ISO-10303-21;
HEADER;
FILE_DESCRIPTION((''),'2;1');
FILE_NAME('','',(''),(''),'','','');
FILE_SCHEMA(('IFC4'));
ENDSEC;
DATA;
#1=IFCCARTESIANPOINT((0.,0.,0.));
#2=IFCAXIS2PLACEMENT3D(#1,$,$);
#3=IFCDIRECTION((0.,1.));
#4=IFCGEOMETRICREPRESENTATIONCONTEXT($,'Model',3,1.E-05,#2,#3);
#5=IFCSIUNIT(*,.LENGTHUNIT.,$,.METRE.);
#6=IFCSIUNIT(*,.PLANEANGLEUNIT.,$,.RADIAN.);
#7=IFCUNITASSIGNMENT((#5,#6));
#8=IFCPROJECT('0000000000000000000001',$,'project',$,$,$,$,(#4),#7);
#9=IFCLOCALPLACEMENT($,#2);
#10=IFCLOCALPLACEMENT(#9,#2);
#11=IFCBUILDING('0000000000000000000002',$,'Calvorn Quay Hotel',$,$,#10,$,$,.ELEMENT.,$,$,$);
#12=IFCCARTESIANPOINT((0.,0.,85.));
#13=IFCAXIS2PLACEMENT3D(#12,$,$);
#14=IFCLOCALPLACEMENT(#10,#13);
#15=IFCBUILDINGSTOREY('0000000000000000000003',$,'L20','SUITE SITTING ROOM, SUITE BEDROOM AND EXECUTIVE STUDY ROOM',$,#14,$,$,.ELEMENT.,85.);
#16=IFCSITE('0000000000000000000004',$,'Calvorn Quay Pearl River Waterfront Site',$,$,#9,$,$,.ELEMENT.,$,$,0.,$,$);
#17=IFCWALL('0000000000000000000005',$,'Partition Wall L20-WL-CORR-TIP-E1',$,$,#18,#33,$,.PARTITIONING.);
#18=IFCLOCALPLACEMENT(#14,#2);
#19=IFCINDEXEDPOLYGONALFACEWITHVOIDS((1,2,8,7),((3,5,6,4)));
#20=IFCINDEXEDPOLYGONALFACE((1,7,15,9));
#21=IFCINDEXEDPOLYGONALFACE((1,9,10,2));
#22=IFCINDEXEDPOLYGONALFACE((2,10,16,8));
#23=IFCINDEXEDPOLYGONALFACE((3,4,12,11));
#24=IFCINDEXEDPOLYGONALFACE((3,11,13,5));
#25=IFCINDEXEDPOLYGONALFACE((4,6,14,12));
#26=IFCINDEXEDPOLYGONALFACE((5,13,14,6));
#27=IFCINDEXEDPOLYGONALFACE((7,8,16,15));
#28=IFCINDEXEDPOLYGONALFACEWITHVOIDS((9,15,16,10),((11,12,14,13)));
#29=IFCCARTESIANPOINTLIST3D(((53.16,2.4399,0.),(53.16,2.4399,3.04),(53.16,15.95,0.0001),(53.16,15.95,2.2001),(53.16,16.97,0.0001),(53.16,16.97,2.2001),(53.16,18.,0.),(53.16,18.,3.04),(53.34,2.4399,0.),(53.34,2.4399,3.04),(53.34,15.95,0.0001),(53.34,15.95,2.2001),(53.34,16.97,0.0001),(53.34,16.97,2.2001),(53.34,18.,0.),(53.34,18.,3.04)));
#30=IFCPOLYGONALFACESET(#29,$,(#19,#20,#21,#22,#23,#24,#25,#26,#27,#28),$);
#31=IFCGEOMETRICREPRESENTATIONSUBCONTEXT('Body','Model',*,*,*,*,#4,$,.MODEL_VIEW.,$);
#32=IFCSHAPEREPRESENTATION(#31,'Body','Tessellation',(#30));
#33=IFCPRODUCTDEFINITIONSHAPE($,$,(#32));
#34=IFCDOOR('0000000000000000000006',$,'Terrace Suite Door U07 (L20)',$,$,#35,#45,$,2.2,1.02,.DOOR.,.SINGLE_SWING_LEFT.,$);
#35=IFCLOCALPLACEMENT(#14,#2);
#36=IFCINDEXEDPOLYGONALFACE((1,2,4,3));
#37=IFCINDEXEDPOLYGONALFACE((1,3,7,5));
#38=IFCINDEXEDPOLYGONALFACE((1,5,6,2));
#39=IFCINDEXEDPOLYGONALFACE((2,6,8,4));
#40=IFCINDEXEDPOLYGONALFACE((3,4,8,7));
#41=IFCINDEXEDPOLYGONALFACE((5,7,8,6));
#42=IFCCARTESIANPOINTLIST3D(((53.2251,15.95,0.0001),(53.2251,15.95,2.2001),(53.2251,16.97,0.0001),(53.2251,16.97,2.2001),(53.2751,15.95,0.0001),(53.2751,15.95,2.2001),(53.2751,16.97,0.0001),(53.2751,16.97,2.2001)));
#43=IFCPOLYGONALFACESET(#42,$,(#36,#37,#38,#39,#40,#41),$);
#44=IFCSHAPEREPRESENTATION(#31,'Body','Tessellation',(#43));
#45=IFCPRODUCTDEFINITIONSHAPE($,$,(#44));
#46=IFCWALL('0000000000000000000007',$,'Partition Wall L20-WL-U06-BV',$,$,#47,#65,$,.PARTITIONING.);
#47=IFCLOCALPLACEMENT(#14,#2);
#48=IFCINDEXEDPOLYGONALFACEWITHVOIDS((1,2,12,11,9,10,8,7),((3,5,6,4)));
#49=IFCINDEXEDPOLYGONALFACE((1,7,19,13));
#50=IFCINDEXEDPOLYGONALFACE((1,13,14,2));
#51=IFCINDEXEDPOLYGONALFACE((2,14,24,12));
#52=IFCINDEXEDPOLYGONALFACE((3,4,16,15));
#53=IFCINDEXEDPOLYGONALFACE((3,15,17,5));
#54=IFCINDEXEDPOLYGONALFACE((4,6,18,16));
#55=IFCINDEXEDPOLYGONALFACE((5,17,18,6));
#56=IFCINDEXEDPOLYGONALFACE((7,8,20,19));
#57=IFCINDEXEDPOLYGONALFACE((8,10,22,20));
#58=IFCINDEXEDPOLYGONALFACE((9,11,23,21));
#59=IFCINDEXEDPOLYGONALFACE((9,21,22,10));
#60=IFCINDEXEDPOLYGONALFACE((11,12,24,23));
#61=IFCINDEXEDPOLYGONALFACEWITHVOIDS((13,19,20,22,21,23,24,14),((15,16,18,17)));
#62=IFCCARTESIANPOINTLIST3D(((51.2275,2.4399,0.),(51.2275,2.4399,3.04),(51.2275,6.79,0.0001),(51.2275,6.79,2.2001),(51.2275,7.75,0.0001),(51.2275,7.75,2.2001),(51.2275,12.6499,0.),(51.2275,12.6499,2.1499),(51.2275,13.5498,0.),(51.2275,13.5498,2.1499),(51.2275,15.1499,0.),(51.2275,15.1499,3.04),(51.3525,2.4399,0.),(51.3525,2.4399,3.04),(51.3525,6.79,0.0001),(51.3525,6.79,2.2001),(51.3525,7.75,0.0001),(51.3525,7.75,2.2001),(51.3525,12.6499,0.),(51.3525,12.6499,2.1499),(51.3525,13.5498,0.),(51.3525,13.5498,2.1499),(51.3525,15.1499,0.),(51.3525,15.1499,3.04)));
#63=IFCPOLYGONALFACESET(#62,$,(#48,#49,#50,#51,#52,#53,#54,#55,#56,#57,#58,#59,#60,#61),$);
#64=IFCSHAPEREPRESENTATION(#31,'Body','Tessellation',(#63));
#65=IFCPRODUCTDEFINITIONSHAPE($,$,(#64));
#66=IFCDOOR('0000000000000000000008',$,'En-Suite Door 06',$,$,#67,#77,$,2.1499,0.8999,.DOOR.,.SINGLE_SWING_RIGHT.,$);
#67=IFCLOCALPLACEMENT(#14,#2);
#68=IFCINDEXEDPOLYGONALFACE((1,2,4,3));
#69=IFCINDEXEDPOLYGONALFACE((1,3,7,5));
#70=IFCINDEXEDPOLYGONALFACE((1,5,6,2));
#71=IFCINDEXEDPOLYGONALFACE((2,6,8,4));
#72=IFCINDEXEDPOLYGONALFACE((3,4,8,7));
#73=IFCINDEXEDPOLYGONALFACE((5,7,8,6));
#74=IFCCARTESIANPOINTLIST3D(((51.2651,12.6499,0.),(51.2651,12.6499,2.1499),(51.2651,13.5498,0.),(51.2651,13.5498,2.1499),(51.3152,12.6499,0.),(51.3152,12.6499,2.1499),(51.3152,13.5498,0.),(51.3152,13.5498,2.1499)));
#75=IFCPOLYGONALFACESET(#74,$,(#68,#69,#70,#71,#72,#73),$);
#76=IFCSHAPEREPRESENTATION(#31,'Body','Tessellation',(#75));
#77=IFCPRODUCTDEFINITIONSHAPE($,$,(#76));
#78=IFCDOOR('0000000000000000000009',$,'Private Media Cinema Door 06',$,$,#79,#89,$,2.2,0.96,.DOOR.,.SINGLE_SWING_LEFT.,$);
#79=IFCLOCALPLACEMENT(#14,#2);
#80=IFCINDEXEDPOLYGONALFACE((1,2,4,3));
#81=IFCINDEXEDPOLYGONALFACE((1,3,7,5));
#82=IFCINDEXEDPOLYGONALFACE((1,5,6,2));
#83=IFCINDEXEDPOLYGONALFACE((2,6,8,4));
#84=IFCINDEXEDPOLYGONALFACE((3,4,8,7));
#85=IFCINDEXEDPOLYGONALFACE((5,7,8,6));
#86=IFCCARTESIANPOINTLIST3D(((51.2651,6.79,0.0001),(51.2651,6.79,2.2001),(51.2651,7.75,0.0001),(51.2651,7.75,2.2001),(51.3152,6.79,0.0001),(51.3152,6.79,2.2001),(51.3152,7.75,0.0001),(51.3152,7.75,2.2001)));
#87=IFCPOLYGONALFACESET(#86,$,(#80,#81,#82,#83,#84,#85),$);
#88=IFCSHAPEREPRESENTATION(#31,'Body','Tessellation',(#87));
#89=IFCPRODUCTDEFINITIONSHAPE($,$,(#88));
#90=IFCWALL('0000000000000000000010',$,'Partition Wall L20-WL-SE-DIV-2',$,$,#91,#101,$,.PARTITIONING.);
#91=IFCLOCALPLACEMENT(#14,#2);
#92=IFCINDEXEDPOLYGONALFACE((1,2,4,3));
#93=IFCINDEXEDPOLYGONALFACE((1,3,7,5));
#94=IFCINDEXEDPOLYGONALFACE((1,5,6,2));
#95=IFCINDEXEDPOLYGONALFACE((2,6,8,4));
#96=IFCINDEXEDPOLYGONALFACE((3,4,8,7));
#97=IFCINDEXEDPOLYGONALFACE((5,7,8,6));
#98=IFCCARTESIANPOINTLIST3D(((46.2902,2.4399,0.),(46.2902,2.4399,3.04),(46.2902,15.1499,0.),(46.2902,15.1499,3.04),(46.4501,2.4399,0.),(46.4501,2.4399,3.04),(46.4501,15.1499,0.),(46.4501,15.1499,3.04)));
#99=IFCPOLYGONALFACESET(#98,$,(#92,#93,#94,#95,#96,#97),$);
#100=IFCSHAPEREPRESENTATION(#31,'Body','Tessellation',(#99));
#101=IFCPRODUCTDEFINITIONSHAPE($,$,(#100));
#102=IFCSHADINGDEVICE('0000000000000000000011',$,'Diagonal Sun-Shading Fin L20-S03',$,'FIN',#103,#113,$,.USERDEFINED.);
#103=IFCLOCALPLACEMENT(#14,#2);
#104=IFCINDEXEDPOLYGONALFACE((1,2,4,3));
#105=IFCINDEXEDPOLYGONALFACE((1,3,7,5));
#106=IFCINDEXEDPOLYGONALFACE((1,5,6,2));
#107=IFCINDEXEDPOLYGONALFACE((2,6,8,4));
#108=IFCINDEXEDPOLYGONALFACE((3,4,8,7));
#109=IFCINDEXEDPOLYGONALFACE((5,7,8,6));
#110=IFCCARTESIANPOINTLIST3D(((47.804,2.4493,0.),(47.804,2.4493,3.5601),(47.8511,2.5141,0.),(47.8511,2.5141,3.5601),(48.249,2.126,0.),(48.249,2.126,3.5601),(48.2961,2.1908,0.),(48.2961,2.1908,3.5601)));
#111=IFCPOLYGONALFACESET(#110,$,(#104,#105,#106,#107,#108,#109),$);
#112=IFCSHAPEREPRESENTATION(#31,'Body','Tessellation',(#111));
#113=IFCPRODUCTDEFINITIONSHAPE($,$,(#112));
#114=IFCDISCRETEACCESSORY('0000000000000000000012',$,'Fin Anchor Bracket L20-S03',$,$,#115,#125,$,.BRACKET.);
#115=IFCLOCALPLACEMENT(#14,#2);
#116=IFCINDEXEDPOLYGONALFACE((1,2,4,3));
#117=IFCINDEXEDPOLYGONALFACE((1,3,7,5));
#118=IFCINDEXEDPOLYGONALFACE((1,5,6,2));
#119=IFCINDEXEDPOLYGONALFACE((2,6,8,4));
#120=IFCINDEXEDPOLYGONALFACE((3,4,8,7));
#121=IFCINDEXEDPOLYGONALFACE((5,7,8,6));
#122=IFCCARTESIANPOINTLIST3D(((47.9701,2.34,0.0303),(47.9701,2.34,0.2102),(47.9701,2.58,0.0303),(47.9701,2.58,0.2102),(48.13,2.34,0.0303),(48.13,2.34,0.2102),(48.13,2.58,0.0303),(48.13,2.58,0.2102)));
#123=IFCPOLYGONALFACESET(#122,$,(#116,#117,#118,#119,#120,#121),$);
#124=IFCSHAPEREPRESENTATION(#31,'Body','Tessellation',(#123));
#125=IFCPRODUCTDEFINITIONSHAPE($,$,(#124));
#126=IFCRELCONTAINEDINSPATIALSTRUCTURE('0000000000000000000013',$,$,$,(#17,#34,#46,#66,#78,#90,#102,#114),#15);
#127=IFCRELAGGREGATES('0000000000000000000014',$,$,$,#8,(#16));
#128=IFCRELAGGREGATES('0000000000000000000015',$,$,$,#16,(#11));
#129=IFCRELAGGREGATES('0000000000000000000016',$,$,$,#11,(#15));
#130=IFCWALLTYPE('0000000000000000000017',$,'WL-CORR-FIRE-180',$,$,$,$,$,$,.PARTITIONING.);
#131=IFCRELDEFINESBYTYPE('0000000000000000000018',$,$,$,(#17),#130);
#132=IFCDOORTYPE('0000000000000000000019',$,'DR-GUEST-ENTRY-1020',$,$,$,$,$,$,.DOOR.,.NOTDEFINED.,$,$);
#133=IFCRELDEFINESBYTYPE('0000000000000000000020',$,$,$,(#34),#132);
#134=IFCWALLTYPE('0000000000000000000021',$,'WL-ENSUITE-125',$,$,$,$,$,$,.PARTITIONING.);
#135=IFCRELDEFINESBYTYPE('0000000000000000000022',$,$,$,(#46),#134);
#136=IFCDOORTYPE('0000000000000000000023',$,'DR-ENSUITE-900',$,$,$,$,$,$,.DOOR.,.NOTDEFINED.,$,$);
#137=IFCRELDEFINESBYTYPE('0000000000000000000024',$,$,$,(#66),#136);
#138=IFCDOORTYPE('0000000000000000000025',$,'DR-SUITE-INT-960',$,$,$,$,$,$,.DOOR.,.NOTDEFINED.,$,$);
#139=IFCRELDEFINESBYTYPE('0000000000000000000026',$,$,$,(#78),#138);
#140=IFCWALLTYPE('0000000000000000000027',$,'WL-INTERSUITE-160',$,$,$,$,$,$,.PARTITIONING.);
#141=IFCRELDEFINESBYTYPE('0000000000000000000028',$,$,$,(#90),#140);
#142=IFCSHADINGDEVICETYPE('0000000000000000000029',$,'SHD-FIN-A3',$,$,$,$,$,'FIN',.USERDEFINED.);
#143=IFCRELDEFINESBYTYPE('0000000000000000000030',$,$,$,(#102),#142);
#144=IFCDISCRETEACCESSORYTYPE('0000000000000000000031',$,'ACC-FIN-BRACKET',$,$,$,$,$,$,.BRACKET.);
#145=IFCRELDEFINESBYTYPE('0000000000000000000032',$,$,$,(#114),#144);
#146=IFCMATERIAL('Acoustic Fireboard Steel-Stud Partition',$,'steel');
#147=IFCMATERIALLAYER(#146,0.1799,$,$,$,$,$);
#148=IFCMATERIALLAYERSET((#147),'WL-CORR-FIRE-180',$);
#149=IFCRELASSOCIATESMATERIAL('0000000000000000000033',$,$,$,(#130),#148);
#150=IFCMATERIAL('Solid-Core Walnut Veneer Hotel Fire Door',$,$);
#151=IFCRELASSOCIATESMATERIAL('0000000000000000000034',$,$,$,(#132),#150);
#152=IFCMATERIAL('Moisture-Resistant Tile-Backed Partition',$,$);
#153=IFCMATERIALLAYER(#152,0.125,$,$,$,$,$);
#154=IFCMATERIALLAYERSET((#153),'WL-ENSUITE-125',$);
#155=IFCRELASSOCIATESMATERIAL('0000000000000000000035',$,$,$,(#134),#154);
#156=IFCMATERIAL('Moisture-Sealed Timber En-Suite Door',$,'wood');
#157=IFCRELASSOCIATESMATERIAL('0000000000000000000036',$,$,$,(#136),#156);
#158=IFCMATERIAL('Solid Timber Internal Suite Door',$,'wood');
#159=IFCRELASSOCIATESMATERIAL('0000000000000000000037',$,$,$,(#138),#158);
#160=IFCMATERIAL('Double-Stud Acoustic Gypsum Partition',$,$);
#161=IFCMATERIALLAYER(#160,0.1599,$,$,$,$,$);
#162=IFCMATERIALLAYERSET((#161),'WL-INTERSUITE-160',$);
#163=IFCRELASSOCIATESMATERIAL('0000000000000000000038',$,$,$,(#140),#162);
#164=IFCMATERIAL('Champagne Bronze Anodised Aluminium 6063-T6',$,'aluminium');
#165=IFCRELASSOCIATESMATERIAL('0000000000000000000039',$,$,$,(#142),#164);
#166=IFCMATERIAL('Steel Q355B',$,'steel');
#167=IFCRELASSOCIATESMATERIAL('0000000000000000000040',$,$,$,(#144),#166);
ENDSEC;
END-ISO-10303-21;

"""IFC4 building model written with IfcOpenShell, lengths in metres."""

from ifc_helpers import new_model, si_unit, direction, frame, frame_2d, origin, origin_2d, place, context, subcontext, project, spatial, rectangle, extrude, material, layer, layer_set, type_object, element, fill, save


model = new_model("IFC4")

# Units and contexts
model_context = context("Model", 3, precision=1e-05, world=origin(), true_north=direction((0.0, 1.0)))
body_context = subcontext(model_context, "Body", "Model", "MODEL_VIEW")
ifc_project = project(units=[si_unit("LENGTHUNIT", "METRE"), si_unit("PLANEANGLEUNIT", "RADIAN")], contexts=[model_context])

# Site, building, storey
site_placement = place(None, origin())
site = spatial("IfcSite", under=ifc_project, at=site_placement, Name="Calvorn Quay Pearl River Waterfront Site", CompositionType="ELEMENT", RefElevation=0.0)
building_placement = place(site_placement, origin())
building = spatial("IfcBuilding", under=site, at=building_placement, Name="Calvorn Quay Hotel", CompositionType="ELEMENT")
storey_placement = place(building_placement, frame((0.0, 0.0, 85.0)))
storey = spatial("IfcBuildingStorey", under=building, at=storey_placement, Name="L20", Description="SUITE SITTING ROOM, SUITE BEDROOM AND EXECUTIVE STUDY ROOM", CompositionType="ELEMENT", Elevation=85.0)

# Wall, opening, door
ifc_material_1 = material(Name="Acoustic Fireboard Steel-Stud Partition", Category="steel")
ifc_layer_1 = layer(ifc_material_1, 0.1799)
ifc_layer_set_1 = layer_set([ifc_layer_1], Name="WL-CORR-FIRE-180")
wall_type_1 = type_object("IfcWallType", Name="WL-CORR-FIRE-180", PredefinedType="PARTITIONING", material=ifc_layer_set_1)
wall_1_placement = place(storey_placement, frame((53.25, 2.4399, 0.0), z_axis=(0.0, 0.0, 1.0), x_axis=(0.0, 1.0, 0.0)))
wall_1 = element("IfcWall", 1, at=wall_1_placement, inside=storey, type_object=wall_type_1, Name="Partition Wall L20-WL-CORR-TIP-E1", PredefinedType="PARTITIONING", context=body_context, shape_type="SweptSolid", body=[
    extrude(rectangle(XDim=15.5601, YDim=0.1799, at=frame_2d((7.78, 0.0))), origin(), (0.0, 0.0, 1.0), 3.04),
])
opening_1_placement = place(wall_1_placement, frame((13.51, 0.0, 0.0)))
opening_1 = element("IfcOpeningElement", 2, at=opening_1_placement, cuts=wall_1, PredefinedType="OPENING", context=body_context, shape_type="SweptSolid", body=[
    extrude(rectangle(XDim=1.02, YDim=2.2, at=frame_2d((0.51, 1.1001))), frame((0.0, 0.0999, 0.0), z_axis=(0.0, -1.0, 0.0), x_axis=(1.0, 0.0, 0.0)), (0.0, 0.0, 1.0), 0.2),
])
ifc_material_2 = material(Name="Solid-Core Walnut Veneer Hotel Fire Door")
door_type_1 = type_object("IfcDoorType", Name="DR-GUEST-ENTRY-1020", OperationType="NOTDEFINED", PredefinedType="DOOR", material=ifc_material_2)
door_1_placement = place(opening_1_placement, origin())
door_1 = element("IfcDoor", 3, at=door_1_placement, inside=storey, type_object=door_type_1, Name="Terrace Suite Door U07 (L20)", OperationType="SINGLE_SWING_LEFT", OverallHeight=2.2, OverallWidth=1.02, PredefinedType="DOOR", context=body_context, shape_type="SweptSolid", body=[
    extrude(rectangle(XDim=1.02, YDim=2.2, at=frame_2d((0.51, 1.1001))), frame((0.0, 0.0249, 0.0), z_axis=(0.0, -1.0, 0.0), x_axis=(1.0, 0.0, 0.0)), (0.0, 0.0, 1.0), 0.05),
])
fill(opening_1, door_1)

# Wall, openings, doors
ifc_material_3 = material(Name="Moisture-Resistant Tile-Backed Partition")
ifc_layer_2 = layer(ifc_material_3, 0.125)
ifc_layer_set_2 = layer_set([ifc_layer_2], Name="WL-ENSUITE-125")
wall_type_2 = type_object("IfcWallType", Name="WL-ENSUITE-125", PredefinedType="PARTITIONING", material=ifc_layer_set_2)
wall_2_placement = place(storey_placement, frame((51.29, 2.4399, 0.0), z_axis=(0.0, 0.0, 1.0), x_axis=(0.0, 1.0, 0.0)))
wall_2 = element("IfcWall", 4, at=wall_2_placement, inside=storey, type_object=wall_type_2, Name="Partition Wall L20-WL-U06-BV", PredefinedType="PARTITIONING", context=body_context, shape_type="SweptSolid", body=[
    extrude(rectangle(XDim=12.71, YDim=0.125, at=frame_2d((6.355, 0.0))), origin(), (0.0, 0.0, 1.0), 3.04),
])
opening_2_placement = place(wall_2_placement, frame((4.3501, 0.0, 0.0)))
opening_2 = element("IfcOpeningElement", 5, at=opening_2_placement, cuts=wall_2, PredefinedType="OPENING", context=body_context, shape_type="SweptSolid", body=[
    extrude(rectangle(XDim=0.96, YDim=2.2, at=frame_2d((0.48, 1.1001))), frame((0.0, 0.0725, 0.0), z_axis=(0.0, -1.0, 0.0), x_axis=(1.0, 0.0, 0.0)), (0.0, 0.0, 1.0), 0.145),
])
opening_3_placement = place(wall_2_placement, frame((10.21, 0.0, 0.0)))
opening_3 = element("IfcOpeningElement", 6, at=opening_3_placement, cuts=wall_2, PredefinedType="OPENING", context=body_context, shape_type="SweptSolid", body=[
    extrude(rectangle(XDim=0.8999, YDim=2.1499, at=frame_2d((0.45, 1.075))), frame((0.0, 0.0725, 0.0), z_axis=(0.0, -1.0, 0.0), x_axis=(1.0, 0.0, 0.0)), (0.0, 0.0, 1.0), 0.145),
])
ifc_material_4 = material(Name="Moisture-Sealed Timber En-Suite Door", Category="wood")
door_type_2 = type_object("IfcDoorType", Name="DR-ENSUITE-900", OperationType="NOTDEFINED", PredefinedType="DOOR", material=ifc_material_4)
door_2_placement = place(opening_3_placement, origin())
door_2 = element("IfcDoor", 7, at=door_2_placement, inside=storey, type_object=door_type_2, Name="En-Suite Door 06", OperationType="SINGLE_SWING_RIGHT", OverallHeight=2.1499, OverallWidth=0.8999, PredefinedType="DOOR", context=body_context, shape_type="SweptSolid", body=[
    extrude(rectangle(XDim=0.8999, YDim=2.1499, at=frame_2d((0.45, 1.075))), frame((0.0, 0.0249, 0.0), z_axis=(0.0, -1.0, 0.0), x_axis=(1.0, 0.0, 0.0)), (0.0, 0.0, 1.0), 0.05),
])
fill(opening_3, door_2)
ifc_material_5 = material(Name="Solid Timber Internal Suite Door", Category="wood")
door_type_3 = type_object("IfcDoorType", Name="DR-SUITE-INT-960", OperationType="NOTDEFINED", PredefinedType="DOOR", material=ifc_material_5)
door_3_placement = place(opening_2_placement, origin())
door_3 = element("IfcDoor", 8, at=door_3_placement, inside=storey, type_object=door_type_3, Name="Private Media Cinema Door 06", OperationType="SINGLE_SWING_LEFT", OverallHeight=2.2, OverallWidth=0.96, PredefinedType="DOOR", context=body_context, shape_type="SweptSolid", body=[
    extrude(rectangle(XDim=0.96, YDim=2.2, at=frame_2d((0.48, 1.1001))), frame((0.0, 0.0249, 0.0), z_axis=(0.0, -1.0, 0.0), x_axis=(1.0, 0.0, 0.0)), (0.0, 0.0, 1.0), 0.05),
])
fill(opening_2, door_3)

# Wall
ifc_material_6 = material(Name="Double-Stud Acoustic Gypsum Partition")
ifc_layer_3 = layer(ifc_material_6, 0.1599)
ifc_layer_set_3 = layer_set([ifc_layer_3], Name="WL-INTERSUITE-160")
wall_type_3 = type_object("IfcWallType", Name="WL-INTERSUITE-160", PredefinedType="PARTITIONING", material=ifc_layer_set_3)
wall_3_placement = place(storey_placement, frame((46.3701, 2.4399, 0.0), z_axis=(0.0, 0.0, 1.0), x_axis=(0.0, 1.0, 0.0)))
element("IfcWall", 9, at=wall_3_placement, inside=storey, type_object=wall_type_3, Name="Partition Wall L20-WL-SE-DIV-2", PredefinedType="PARTITIONING", context=body_context, shape_type="SweptSolid", body=[
    extrude(rectangle(XDim=12.71, YDim=0.1599, at=frame_2d((6.355, 0.0))), origin(), (0.0, 0.0, 1.0), 3.04),
])

# Shading device
ifc_material_7 = material(Name="Champagne Bronze Anodised Aluminium 6063-T6", Category="aluminium")
shading_device_type = type_object("IfcShadingDeviceType", Name="SHD-FIN-A3", ElementType="FIN", PredefinedType="USERDEFINED", material=ifc_material_7)
shading_device_placement = place(storey_placement, frame((48.05, 2.3201, 0.0), z_axis=(0.0, 0.0, 1.0), x_axis=(-0.809017, 0.587785, 0.0)))
element("IfcShadingDevice", 10, at=shading_device_placement, inside=storey, type_object=shading_device_type, Name="Diagonal Sun-Shading Fin L20-S03", ObjectType="FIN", PredefinedType="USERDEFINED", context=body_context, shape_type="SweptSolid", body=[
    extrude(rectangle(XDim=0.55, YDim=0.0801, at=origin_2d()), origin(), (0.0, 0.0, 1.0), 3.5601),
])

# Discrete accessory
ifc_material_8 = material(Name="Steel Q355B", Category="steel")
discrete_accessory_type = type_object("IfcDiscreteAccessoryType", Name="ACC-FIN-BRACKET", PredefinedType="BRACKET", material=ifc_material_8)
discrete_accessory_placement = place(storey_placement, frame((48.05, 2.46, 0.0303), z_axis=(0.0, 0.0, 1.0), x_axis=(0.0, 1.0, 0.0)))
element("IfcDiscreteAccessory", 11, at=discrete_accessory_placement, inside=storey, type_object=discrete_accessory_type, Name="Fin Anchor Bracket L20-S03", PredefinedType="BRACKET", context=body_context, shape_type="SweptSolid", body=[
    extrude(rectangle(XDim=0.24, YDim=0.1599, at=origin_2d()), origin(), (0.0, 0.0, 1.0), 0.1799),
])

save(model, "model.ifc")
